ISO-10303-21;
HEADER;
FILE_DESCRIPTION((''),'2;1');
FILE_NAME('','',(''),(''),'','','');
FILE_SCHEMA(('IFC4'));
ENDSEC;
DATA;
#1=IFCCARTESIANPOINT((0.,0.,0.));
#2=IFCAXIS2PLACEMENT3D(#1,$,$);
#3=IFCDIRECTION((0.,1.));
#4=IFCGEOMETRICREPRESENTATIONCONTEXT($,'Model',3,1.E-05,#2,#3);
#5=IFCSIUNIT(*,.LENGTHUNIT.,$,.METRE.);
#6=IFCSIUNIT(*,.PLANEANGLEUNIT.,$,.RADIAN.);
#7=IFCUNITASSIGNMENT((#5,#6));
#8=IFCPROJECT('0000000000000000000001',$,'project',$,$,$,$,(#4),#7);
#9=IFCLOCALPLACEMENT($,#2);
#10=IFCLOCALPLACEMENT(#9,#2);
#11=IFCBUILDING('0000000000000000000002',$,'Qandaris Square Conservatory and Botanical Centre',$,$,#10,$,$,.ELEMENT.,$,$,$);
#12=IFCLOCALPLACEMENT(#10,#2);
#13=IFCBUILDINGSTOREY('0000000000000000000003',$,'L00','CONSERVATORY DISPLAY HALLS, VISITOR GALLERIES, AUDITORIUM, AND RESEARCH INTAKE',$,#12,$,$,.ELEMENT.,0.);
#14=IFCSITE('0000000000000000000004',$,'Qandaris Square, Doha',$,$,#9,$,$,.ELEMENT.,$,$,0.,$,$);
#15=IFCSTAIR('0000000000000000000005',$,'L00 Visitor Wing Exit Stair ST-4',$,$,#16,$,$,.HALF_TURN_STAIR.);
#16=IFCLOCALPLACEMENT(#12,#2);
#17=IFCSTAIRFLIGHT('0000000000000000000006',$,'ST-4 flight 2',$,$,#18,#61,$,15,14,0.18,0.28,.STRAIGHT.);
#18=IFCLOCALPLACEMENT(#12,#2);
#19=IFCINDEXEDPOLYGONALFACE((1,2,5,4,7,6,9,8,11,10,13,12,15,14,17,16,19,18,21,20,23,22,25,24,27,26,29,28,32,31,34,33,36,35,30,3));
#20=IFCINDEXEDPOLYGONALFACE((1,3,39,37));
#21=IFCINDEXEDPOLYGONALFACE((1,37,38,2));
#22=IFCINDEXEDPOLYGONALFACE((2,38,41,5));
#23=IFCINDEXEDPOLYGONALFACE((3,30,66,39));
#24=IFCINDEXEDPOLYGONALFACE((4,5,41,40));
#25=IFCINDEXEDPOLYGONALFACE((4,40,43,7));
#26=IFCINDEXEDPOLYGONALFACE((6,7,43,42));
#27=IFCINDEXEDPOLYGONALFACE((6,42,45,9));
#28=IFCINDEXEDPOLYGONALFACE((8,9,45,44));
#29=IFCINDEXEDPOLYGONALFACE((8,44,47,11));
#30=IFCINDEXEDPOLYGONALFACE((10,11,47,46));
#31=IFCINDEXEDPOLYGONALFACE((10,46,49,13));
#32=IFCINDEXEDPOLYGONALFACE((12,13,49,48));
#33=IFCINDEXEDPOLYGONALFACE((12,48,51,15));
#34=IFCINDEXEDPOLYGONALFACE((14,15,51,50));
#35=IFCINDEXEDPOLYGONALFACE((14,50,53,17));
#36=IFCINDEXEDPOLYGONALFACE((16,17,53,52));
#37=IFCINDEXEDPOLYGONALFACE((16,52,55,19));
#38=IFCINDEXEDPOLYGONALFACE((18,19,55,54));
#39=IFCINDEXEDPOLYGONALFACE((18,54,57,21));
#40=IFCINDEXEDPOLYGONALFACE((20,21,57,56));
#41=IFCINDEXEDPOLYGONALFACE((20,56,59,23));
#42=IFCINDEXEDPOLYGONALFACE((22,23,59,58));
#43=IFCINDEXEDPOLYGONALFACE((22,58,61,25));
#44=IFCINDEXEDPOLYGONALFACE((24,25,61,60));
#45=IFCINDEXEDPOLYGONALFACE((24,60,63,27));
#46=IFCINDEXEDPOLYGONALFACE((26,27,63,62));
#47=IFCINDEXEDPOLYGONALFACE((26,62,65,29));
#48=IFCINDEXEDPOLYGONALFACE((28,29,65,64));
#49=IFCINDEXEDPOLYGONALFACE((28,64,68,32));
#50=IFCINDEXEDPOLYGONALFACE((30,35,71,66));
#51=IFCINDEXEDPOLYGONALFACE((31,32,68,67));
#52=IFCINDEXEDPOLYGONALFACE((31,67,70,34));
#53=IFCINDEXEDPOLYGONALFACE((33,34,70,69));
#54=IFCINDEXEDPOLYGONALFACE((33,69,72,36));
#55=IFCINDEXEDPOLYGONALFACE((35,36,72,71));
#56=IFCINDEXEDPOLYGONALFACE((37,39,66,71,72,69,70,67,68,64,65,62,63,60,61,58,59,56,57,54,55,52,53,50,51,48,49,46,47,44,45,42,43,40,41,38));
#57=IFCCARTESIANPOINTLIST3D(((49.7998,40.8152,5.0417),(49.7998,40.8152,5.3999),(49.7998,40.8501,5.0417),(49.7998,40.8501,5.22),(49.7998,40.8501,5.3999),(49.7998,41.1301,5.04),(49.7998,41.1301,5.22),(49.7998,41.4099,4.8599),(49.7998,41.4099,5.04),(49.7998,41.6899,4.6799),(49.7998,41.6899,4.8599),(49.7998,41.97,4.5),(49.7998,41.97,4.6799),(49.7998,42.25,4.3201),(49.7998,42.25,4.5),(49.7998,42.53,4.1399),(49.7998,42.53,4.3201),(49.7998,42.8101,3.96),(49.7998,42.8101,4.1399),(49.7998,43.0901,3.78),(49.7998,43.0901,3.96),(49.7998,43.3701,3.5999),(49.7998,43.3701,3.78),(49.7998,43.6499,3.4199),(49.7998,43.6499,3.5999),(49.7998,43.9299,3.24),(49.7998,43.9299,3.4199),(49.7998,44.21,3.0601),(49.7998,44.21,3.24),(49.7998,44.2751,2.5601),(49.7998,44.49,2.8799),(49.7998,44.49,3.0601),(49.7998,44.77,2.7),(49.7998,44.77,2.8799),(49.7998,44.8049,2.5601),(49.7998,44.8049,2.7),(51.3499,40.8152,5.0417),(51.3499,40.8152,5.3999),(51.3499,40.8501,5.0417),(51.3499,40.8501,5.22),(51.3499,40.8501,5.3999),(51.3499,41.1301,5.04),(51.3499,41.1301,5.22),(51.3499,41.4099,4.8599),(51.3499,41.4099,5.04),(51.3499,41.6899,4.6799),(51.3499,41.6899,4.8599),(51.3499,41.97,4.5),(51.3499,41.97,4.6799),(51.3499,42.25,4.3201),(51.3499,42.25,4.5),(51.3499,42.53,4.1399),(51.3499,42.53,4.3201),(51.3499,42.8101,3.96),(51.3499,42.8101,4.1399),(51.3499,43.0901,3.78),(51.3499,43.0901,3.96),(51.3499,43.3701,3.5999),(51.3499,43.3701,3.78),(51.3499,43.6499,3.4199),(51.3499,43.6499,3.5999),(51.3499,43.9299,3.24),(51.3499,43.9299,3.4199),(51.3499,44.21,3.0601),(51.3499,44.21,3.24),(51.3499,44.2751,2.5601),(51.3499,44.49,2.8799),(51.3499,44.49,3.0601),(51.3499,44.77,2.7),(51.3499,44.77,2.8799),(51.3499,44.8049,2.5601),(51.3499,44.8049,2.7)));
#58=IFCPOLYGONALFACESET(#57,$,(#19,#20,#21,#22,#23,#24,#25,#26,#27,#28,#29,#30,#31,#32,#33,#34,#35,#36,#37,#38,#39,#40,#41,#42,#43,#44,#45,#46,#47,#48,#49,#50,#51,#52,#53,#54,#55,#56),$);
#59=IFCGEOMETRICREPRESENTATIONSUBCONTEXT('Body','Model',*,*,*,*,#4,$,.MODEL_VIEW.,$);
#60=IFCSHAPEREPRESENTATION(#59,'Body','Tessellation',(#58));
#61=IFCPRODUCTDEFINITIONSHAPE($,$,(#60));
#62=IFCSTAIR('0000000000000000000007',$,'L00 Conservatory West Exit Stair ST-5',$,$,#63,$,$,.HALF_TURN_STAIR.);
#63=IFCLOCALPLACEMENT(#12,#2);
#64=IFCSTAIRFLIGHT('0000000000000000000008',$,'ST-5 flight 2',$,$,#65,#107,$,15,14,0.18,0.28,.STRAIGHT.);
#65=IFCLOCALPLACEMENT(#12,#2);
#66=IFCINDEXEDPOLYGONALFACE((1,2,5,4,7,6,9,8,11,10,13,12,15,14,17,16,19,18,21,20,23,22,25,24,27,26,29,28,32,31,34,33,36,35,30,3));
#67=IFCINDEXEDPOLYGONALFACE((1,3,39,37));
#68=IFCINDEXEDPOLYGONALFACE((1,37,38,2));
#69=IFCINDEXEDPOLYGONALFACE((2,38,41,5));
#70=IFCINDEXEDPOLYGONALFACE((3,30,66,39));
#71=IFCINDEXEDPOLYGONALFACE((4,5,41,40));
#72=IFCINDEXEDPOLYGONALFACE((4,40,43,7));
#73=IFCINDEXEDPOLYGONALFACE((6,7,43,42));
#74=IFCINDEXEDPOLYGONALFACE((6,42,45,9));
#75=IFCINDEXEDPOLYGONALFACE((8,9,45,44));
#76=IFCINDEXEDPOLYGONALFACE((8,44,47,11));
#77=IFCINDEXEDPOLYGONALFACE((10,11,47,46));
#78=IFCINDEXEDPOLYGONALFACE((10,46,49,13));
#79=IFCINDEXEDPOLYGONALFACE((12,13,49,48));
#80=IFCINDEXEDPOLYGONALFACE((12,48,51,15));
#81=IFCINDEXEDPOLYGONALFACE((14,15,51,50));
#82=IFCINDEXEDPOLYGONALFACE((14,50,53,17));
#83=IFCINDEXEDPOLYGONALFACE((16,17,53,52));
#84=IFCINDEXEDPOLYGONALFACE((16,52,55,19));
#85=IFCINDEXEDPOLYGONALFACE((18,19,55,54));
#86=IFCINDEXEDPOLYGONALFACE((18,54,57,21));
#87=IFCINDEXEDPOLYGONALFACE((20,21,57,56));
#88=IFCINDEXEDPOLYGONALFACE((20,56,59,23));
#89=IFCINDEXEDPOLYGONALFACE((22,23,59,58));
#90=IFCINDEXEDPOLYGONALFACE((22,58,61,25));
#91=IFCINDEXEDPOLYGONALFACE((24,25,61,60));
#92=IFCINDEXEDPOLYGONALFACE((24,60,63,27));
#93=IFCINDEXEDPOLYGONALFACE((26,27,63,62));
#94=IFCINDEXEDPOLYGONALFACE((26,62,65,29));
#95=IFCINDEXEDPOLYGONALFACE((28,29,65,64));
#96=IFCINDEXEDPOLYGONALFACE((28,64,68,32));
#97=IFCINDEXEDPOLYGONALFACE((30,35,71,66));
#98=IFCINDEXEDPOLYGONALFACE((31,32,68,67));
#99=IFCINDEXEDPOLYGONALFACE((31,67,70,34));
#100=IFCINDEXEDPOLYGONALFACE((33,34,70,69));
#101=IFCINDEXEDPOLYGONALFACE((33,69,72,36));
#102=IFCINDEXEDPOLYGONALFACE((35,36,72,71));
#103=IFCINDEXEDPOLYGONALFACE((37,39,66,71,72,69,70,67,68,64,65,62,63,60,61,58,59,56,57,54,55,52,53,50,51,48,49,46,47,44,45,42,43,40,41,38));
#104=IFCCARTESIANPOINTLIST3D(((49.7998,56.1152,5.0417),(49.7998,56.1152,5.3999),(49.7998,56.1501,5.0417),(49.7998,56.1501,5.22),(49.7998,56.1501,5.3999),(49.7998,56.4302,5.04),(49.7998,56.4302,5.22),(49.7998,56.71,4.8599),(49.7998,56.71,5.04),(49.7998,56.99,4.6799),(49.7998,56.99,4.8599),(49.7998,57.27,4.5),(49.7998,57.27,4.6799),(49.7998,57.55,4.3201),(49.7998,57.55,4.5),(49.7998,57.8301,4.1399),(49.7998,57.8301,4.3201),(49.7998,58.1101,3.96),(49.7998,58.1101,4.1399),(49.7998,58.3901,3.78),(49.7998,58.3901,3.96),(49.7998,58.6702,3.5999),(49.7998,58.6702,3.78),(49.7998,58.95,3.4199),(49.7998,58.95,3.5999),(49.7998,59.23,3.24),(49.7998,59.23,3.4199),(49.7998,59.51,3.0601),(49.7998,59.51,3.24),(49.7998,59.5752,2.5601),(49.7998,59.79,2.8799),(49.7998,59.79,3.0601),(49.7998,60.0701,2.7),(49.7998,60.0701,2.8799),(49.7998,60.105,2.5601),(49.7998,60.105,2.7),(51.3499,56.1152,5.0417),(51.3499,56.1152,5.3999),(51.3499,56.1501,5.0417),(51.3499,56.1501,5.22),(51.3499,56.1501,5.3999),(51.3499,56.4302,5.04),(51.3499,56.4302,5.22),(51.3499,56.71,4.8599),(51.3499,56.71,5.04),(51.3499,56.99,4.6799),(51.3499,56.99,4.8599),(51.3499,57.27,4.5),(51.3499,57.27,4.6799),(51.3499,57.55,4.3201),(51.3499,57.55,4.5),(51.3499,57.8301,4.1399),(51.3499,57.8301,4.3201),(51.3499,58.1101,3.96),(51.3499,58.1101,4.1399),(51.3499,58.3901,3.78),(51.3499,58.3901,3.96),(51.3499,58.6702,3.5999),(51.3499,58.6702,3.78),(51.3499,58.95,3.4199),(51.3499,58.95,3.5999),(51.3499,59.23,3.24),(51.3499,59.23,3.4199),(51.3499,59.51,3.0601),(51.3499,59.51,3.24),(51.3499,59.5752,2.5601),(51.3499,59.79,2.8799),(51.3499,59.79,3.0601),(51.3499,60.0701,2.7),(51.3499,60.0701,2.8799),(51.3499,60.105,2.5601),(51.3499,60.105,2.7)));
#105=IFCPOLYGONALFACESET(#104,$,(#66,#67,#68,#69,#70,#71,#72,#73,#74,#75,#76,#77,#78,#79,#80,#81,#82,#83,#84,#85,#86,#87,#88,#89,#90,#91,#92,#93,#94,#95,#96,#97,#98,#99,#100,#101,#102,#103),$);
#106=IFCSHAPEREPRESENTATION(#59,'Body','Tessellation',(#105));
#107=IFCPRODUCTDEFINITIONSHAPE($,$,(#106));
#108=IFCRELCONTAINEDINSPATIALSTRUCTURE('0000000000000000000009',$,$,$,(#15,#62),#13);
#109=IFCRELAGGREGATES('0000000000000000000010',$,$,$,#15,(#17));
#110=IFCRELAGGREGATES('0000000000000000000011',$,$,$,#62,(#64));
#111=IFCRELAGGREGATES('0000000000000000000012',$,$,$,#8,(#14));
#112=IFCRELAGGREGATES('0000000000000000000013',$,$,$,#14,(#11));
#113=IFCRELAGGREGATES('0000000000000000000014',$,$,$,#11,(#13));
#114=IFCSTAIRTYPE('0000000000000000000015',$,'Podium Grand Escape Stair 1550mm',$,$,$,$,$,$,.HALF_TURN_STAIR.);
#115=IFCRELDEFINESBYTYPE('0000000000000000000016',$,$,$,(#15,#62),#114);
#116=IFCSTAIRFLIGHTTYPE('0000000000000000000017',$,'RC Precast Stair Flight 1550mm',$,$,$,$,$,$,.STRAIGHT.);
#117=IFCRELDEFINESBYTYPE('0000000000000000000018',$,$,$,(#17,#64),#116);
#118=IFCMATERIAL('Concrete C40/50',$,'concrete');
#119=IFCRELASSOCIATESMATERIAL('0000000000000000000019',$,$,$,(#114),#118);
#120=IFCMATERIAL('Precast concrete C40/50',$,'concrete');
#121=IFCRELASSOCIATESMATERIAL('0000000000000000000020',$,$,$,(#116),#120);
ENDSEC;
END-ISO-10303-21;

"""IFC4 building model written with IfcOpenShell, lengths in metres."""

from ifc_helpers import new_model, si_unit, direction, frame, origin, place, context, subcontext, project, spatial, polyline, outline, extrude, material, type_object, element, aggregate, save


model = new_model("IFC4")

# Units and contexts
model_context = context("Model", 3, precision=1e-05, world=origin(), true_north=direction((0.0, 1.0)))
body_context = subcontext(model_context, "Body", "Model", "MODEL_VIEW")
ifc_project = project(units=[si_unit("LENGTHUNIT", "METRE"), si_unit("PLANEANGLEUNIT", "RADIAN")], contexts=[model_context])

# Site, building, storey
site_placement = place(None, origin())
site = spatial("IfcSite", under=ifc_project, at=site_placement, Name="Qandaris Square, Doha", CompositionType="ELEMENT", RefElevation=0.0)
building_placement = place(site_placement, origin())
building = spatial("IfcBuilding", under=site, at=building_placement, Name="Qandaris Square Conservatory and Botanical Centre", CompositionType="ELEMENT")
storey_placement = place(building_placement, origin())
storey = spatial("IfcBuildingStorey", under=building, at=storey_placement, Name="L00", Description="CONSERVATORY DISPLAY HALLS, VISITOR GALLERIES, AUDITORIUM, AND RESEARCH INTAKE", CompositionType="ELEMENT", Elevation=0.0)

# Shared definitions
ifc_material_1 = material(Name="Concrete C40/50", Category="concrete")

# Stairs, stair flights
stair_type = type_object("IfcStairType", Name="Podium Grand Escape Stair 1550mm", PredefinedType="HALF_TURN_STAIR", material=ifc_material_1)
stair_1_placement = place(storey_placement, origin())
stair_1 = element("IfcStair", 1, at=stair_1_placement, inside=storey, type_object=stair_type, Name="L00 Visitor Wing Exit Stair ST-4", PredefinedType="HALF_TURN_STAIR")
ifc_material_2 = material(Name="Precast concrete C40/50", Category="concrete")
stair_flight_type = type_object("IfcStairFlightType", Name="RC Precast Stair Flight 1550mm", PredefinedType="STRAIGHT", material=ifc_material_2)
stair_flight_1_placement = place(storey_placement, frame((50.575, 44.77, 2.7), z_axis=(0.0, 0.0, 1.0), x_axis=(0.0, -1.0, 0.0)))
stair_flight_1 = element("IfcStairFlight", 2, at=stair_flight_1_placement, type_object=stair_flight_type, Name="ST-4 flight 2", NumberOfRisers=15, NumberOfTreads=14, PredefinedType="STRAIGHT", RiserHeight=0.18, TreadLength=0.28, context=body_context, shape_type="SweptSolid", body=[
    extrude(outline(polyline([(-0.0349, 0.0), (0.0, 0.0), (0.0, 0.1799), (0.28, 0.1799), (0.28, 0.3601), (0.5601, 0.3601), (0.5601, 0.54), (0.8401, 0.54), (0.8401, 0.72), (1.1201, 0.72), (1.1201, 0.8999), (1.3999, 0.8999), (1.3999, 1.0801), (1.6799, 1.0801), (1.6799, 1.26), (1.96, 1.26), (1.96, 1.4399), (2.24, 1.4399), (2.24, 1.6201), (2.52, 1.6201), (2.52, 1.8), (2.8, 1.8), (2.8, 1.98), (3.0801, 1.98), (3.0801, 2.1599), (3.3601, 2.1599), (3.3601, 2.3401), (3.6399, 2.3401), (3.6399, 2.52), (3.9199, 2.52), (3.9199, 2.7), (3.9548, 2.7), (3.9548, 2.3418), (3.9199, 2.3418), (0.4949, -0.1399), (-0.0349, -0.1399), (-0.0349, 0.0)])), frame((0.0, 0.7749, 0.0), z_axis=(0.0, -1.0, 0.0), x_axis=(1.0, 0.0, 0.0)), (0.0, 0.0, 1.0), 1.55),
])
aggregate(stair_1, [stair_flight_1])
stair_2_placement = place(storey_placement, origin())
stair_2 = element("IfcStair", 3, at=stair_2_placement, inside=storey, type_object=stair_type, Name="L00 Conservatory West Exit Stair ST-5", PredefinedType="HALF_TURN_STAIR")
stair_flight_2_placement = place(storey_placement, frame((50.575, 60.0701, 2.7), z_axis=(0.0, 0.0, 1.0), x_axis=(0.0, -1.0, 0.0)))
stair_flight_2 = element("IfcStairFlight", 4, at=stair_flight_2_placement, type_object=stair_flight_type, Name="ST-5 flight 2", NumberOfRisers=15, NumberOfTreads=14, PredefinedType="STRAIGHT", RiserHeight=0.18, TreadLength=0.28, context=body_context, shape_type="SweptSolid", body=[
    extrude(outline(polyline([(-0.0349, 0.0), (0.0, 0.0), (0.0, 0.1799), (0.28, 0.1799), (0.28, 0.3601), (0.5601, 0.3601), (0.5601, 0.54), (0.8401, 0.54), (0.8401, 0.72), (1.1201, 0.72), (1.1201, 0.8999), (1.3999, 0.8999), (1.3999, 1.0801), (1.6799, 1.0801), (1.6799, 1.26), (1.96, 1.26), (1.96, 1.4399), (2.24, 1.4399), (2.24, 1.6201), (2.52, 1.6201), (2.52, 1.8), (2.8, 1.8), (2.8, 1.98), (3.0801, 1.98), (3.0801, 2.1599), (3.3601, 2.1599), (3.3601, 2.3401), (3.6399, 2.3401), (3.6399, 2.52), (3.9199, 2.52), (3.9199, 2.7), (3.9548, 2.7), (3.9548, 2.3418), (3.9199, 2.3418), (0.4949, -0.1399), (-0.0349, -0.1399), (-0.0349, 0.0)])), frame((0.0, 0.7749, 0.0), z_axis=(0.0, -1.0, 0.0), x_axis=(1.0, 0.0, 0.0)), (0.0, 0.0, 1.0), 1.55),
])
aggregate(stair_2, [stair_flight_2])

save(model, "model.ifc")
